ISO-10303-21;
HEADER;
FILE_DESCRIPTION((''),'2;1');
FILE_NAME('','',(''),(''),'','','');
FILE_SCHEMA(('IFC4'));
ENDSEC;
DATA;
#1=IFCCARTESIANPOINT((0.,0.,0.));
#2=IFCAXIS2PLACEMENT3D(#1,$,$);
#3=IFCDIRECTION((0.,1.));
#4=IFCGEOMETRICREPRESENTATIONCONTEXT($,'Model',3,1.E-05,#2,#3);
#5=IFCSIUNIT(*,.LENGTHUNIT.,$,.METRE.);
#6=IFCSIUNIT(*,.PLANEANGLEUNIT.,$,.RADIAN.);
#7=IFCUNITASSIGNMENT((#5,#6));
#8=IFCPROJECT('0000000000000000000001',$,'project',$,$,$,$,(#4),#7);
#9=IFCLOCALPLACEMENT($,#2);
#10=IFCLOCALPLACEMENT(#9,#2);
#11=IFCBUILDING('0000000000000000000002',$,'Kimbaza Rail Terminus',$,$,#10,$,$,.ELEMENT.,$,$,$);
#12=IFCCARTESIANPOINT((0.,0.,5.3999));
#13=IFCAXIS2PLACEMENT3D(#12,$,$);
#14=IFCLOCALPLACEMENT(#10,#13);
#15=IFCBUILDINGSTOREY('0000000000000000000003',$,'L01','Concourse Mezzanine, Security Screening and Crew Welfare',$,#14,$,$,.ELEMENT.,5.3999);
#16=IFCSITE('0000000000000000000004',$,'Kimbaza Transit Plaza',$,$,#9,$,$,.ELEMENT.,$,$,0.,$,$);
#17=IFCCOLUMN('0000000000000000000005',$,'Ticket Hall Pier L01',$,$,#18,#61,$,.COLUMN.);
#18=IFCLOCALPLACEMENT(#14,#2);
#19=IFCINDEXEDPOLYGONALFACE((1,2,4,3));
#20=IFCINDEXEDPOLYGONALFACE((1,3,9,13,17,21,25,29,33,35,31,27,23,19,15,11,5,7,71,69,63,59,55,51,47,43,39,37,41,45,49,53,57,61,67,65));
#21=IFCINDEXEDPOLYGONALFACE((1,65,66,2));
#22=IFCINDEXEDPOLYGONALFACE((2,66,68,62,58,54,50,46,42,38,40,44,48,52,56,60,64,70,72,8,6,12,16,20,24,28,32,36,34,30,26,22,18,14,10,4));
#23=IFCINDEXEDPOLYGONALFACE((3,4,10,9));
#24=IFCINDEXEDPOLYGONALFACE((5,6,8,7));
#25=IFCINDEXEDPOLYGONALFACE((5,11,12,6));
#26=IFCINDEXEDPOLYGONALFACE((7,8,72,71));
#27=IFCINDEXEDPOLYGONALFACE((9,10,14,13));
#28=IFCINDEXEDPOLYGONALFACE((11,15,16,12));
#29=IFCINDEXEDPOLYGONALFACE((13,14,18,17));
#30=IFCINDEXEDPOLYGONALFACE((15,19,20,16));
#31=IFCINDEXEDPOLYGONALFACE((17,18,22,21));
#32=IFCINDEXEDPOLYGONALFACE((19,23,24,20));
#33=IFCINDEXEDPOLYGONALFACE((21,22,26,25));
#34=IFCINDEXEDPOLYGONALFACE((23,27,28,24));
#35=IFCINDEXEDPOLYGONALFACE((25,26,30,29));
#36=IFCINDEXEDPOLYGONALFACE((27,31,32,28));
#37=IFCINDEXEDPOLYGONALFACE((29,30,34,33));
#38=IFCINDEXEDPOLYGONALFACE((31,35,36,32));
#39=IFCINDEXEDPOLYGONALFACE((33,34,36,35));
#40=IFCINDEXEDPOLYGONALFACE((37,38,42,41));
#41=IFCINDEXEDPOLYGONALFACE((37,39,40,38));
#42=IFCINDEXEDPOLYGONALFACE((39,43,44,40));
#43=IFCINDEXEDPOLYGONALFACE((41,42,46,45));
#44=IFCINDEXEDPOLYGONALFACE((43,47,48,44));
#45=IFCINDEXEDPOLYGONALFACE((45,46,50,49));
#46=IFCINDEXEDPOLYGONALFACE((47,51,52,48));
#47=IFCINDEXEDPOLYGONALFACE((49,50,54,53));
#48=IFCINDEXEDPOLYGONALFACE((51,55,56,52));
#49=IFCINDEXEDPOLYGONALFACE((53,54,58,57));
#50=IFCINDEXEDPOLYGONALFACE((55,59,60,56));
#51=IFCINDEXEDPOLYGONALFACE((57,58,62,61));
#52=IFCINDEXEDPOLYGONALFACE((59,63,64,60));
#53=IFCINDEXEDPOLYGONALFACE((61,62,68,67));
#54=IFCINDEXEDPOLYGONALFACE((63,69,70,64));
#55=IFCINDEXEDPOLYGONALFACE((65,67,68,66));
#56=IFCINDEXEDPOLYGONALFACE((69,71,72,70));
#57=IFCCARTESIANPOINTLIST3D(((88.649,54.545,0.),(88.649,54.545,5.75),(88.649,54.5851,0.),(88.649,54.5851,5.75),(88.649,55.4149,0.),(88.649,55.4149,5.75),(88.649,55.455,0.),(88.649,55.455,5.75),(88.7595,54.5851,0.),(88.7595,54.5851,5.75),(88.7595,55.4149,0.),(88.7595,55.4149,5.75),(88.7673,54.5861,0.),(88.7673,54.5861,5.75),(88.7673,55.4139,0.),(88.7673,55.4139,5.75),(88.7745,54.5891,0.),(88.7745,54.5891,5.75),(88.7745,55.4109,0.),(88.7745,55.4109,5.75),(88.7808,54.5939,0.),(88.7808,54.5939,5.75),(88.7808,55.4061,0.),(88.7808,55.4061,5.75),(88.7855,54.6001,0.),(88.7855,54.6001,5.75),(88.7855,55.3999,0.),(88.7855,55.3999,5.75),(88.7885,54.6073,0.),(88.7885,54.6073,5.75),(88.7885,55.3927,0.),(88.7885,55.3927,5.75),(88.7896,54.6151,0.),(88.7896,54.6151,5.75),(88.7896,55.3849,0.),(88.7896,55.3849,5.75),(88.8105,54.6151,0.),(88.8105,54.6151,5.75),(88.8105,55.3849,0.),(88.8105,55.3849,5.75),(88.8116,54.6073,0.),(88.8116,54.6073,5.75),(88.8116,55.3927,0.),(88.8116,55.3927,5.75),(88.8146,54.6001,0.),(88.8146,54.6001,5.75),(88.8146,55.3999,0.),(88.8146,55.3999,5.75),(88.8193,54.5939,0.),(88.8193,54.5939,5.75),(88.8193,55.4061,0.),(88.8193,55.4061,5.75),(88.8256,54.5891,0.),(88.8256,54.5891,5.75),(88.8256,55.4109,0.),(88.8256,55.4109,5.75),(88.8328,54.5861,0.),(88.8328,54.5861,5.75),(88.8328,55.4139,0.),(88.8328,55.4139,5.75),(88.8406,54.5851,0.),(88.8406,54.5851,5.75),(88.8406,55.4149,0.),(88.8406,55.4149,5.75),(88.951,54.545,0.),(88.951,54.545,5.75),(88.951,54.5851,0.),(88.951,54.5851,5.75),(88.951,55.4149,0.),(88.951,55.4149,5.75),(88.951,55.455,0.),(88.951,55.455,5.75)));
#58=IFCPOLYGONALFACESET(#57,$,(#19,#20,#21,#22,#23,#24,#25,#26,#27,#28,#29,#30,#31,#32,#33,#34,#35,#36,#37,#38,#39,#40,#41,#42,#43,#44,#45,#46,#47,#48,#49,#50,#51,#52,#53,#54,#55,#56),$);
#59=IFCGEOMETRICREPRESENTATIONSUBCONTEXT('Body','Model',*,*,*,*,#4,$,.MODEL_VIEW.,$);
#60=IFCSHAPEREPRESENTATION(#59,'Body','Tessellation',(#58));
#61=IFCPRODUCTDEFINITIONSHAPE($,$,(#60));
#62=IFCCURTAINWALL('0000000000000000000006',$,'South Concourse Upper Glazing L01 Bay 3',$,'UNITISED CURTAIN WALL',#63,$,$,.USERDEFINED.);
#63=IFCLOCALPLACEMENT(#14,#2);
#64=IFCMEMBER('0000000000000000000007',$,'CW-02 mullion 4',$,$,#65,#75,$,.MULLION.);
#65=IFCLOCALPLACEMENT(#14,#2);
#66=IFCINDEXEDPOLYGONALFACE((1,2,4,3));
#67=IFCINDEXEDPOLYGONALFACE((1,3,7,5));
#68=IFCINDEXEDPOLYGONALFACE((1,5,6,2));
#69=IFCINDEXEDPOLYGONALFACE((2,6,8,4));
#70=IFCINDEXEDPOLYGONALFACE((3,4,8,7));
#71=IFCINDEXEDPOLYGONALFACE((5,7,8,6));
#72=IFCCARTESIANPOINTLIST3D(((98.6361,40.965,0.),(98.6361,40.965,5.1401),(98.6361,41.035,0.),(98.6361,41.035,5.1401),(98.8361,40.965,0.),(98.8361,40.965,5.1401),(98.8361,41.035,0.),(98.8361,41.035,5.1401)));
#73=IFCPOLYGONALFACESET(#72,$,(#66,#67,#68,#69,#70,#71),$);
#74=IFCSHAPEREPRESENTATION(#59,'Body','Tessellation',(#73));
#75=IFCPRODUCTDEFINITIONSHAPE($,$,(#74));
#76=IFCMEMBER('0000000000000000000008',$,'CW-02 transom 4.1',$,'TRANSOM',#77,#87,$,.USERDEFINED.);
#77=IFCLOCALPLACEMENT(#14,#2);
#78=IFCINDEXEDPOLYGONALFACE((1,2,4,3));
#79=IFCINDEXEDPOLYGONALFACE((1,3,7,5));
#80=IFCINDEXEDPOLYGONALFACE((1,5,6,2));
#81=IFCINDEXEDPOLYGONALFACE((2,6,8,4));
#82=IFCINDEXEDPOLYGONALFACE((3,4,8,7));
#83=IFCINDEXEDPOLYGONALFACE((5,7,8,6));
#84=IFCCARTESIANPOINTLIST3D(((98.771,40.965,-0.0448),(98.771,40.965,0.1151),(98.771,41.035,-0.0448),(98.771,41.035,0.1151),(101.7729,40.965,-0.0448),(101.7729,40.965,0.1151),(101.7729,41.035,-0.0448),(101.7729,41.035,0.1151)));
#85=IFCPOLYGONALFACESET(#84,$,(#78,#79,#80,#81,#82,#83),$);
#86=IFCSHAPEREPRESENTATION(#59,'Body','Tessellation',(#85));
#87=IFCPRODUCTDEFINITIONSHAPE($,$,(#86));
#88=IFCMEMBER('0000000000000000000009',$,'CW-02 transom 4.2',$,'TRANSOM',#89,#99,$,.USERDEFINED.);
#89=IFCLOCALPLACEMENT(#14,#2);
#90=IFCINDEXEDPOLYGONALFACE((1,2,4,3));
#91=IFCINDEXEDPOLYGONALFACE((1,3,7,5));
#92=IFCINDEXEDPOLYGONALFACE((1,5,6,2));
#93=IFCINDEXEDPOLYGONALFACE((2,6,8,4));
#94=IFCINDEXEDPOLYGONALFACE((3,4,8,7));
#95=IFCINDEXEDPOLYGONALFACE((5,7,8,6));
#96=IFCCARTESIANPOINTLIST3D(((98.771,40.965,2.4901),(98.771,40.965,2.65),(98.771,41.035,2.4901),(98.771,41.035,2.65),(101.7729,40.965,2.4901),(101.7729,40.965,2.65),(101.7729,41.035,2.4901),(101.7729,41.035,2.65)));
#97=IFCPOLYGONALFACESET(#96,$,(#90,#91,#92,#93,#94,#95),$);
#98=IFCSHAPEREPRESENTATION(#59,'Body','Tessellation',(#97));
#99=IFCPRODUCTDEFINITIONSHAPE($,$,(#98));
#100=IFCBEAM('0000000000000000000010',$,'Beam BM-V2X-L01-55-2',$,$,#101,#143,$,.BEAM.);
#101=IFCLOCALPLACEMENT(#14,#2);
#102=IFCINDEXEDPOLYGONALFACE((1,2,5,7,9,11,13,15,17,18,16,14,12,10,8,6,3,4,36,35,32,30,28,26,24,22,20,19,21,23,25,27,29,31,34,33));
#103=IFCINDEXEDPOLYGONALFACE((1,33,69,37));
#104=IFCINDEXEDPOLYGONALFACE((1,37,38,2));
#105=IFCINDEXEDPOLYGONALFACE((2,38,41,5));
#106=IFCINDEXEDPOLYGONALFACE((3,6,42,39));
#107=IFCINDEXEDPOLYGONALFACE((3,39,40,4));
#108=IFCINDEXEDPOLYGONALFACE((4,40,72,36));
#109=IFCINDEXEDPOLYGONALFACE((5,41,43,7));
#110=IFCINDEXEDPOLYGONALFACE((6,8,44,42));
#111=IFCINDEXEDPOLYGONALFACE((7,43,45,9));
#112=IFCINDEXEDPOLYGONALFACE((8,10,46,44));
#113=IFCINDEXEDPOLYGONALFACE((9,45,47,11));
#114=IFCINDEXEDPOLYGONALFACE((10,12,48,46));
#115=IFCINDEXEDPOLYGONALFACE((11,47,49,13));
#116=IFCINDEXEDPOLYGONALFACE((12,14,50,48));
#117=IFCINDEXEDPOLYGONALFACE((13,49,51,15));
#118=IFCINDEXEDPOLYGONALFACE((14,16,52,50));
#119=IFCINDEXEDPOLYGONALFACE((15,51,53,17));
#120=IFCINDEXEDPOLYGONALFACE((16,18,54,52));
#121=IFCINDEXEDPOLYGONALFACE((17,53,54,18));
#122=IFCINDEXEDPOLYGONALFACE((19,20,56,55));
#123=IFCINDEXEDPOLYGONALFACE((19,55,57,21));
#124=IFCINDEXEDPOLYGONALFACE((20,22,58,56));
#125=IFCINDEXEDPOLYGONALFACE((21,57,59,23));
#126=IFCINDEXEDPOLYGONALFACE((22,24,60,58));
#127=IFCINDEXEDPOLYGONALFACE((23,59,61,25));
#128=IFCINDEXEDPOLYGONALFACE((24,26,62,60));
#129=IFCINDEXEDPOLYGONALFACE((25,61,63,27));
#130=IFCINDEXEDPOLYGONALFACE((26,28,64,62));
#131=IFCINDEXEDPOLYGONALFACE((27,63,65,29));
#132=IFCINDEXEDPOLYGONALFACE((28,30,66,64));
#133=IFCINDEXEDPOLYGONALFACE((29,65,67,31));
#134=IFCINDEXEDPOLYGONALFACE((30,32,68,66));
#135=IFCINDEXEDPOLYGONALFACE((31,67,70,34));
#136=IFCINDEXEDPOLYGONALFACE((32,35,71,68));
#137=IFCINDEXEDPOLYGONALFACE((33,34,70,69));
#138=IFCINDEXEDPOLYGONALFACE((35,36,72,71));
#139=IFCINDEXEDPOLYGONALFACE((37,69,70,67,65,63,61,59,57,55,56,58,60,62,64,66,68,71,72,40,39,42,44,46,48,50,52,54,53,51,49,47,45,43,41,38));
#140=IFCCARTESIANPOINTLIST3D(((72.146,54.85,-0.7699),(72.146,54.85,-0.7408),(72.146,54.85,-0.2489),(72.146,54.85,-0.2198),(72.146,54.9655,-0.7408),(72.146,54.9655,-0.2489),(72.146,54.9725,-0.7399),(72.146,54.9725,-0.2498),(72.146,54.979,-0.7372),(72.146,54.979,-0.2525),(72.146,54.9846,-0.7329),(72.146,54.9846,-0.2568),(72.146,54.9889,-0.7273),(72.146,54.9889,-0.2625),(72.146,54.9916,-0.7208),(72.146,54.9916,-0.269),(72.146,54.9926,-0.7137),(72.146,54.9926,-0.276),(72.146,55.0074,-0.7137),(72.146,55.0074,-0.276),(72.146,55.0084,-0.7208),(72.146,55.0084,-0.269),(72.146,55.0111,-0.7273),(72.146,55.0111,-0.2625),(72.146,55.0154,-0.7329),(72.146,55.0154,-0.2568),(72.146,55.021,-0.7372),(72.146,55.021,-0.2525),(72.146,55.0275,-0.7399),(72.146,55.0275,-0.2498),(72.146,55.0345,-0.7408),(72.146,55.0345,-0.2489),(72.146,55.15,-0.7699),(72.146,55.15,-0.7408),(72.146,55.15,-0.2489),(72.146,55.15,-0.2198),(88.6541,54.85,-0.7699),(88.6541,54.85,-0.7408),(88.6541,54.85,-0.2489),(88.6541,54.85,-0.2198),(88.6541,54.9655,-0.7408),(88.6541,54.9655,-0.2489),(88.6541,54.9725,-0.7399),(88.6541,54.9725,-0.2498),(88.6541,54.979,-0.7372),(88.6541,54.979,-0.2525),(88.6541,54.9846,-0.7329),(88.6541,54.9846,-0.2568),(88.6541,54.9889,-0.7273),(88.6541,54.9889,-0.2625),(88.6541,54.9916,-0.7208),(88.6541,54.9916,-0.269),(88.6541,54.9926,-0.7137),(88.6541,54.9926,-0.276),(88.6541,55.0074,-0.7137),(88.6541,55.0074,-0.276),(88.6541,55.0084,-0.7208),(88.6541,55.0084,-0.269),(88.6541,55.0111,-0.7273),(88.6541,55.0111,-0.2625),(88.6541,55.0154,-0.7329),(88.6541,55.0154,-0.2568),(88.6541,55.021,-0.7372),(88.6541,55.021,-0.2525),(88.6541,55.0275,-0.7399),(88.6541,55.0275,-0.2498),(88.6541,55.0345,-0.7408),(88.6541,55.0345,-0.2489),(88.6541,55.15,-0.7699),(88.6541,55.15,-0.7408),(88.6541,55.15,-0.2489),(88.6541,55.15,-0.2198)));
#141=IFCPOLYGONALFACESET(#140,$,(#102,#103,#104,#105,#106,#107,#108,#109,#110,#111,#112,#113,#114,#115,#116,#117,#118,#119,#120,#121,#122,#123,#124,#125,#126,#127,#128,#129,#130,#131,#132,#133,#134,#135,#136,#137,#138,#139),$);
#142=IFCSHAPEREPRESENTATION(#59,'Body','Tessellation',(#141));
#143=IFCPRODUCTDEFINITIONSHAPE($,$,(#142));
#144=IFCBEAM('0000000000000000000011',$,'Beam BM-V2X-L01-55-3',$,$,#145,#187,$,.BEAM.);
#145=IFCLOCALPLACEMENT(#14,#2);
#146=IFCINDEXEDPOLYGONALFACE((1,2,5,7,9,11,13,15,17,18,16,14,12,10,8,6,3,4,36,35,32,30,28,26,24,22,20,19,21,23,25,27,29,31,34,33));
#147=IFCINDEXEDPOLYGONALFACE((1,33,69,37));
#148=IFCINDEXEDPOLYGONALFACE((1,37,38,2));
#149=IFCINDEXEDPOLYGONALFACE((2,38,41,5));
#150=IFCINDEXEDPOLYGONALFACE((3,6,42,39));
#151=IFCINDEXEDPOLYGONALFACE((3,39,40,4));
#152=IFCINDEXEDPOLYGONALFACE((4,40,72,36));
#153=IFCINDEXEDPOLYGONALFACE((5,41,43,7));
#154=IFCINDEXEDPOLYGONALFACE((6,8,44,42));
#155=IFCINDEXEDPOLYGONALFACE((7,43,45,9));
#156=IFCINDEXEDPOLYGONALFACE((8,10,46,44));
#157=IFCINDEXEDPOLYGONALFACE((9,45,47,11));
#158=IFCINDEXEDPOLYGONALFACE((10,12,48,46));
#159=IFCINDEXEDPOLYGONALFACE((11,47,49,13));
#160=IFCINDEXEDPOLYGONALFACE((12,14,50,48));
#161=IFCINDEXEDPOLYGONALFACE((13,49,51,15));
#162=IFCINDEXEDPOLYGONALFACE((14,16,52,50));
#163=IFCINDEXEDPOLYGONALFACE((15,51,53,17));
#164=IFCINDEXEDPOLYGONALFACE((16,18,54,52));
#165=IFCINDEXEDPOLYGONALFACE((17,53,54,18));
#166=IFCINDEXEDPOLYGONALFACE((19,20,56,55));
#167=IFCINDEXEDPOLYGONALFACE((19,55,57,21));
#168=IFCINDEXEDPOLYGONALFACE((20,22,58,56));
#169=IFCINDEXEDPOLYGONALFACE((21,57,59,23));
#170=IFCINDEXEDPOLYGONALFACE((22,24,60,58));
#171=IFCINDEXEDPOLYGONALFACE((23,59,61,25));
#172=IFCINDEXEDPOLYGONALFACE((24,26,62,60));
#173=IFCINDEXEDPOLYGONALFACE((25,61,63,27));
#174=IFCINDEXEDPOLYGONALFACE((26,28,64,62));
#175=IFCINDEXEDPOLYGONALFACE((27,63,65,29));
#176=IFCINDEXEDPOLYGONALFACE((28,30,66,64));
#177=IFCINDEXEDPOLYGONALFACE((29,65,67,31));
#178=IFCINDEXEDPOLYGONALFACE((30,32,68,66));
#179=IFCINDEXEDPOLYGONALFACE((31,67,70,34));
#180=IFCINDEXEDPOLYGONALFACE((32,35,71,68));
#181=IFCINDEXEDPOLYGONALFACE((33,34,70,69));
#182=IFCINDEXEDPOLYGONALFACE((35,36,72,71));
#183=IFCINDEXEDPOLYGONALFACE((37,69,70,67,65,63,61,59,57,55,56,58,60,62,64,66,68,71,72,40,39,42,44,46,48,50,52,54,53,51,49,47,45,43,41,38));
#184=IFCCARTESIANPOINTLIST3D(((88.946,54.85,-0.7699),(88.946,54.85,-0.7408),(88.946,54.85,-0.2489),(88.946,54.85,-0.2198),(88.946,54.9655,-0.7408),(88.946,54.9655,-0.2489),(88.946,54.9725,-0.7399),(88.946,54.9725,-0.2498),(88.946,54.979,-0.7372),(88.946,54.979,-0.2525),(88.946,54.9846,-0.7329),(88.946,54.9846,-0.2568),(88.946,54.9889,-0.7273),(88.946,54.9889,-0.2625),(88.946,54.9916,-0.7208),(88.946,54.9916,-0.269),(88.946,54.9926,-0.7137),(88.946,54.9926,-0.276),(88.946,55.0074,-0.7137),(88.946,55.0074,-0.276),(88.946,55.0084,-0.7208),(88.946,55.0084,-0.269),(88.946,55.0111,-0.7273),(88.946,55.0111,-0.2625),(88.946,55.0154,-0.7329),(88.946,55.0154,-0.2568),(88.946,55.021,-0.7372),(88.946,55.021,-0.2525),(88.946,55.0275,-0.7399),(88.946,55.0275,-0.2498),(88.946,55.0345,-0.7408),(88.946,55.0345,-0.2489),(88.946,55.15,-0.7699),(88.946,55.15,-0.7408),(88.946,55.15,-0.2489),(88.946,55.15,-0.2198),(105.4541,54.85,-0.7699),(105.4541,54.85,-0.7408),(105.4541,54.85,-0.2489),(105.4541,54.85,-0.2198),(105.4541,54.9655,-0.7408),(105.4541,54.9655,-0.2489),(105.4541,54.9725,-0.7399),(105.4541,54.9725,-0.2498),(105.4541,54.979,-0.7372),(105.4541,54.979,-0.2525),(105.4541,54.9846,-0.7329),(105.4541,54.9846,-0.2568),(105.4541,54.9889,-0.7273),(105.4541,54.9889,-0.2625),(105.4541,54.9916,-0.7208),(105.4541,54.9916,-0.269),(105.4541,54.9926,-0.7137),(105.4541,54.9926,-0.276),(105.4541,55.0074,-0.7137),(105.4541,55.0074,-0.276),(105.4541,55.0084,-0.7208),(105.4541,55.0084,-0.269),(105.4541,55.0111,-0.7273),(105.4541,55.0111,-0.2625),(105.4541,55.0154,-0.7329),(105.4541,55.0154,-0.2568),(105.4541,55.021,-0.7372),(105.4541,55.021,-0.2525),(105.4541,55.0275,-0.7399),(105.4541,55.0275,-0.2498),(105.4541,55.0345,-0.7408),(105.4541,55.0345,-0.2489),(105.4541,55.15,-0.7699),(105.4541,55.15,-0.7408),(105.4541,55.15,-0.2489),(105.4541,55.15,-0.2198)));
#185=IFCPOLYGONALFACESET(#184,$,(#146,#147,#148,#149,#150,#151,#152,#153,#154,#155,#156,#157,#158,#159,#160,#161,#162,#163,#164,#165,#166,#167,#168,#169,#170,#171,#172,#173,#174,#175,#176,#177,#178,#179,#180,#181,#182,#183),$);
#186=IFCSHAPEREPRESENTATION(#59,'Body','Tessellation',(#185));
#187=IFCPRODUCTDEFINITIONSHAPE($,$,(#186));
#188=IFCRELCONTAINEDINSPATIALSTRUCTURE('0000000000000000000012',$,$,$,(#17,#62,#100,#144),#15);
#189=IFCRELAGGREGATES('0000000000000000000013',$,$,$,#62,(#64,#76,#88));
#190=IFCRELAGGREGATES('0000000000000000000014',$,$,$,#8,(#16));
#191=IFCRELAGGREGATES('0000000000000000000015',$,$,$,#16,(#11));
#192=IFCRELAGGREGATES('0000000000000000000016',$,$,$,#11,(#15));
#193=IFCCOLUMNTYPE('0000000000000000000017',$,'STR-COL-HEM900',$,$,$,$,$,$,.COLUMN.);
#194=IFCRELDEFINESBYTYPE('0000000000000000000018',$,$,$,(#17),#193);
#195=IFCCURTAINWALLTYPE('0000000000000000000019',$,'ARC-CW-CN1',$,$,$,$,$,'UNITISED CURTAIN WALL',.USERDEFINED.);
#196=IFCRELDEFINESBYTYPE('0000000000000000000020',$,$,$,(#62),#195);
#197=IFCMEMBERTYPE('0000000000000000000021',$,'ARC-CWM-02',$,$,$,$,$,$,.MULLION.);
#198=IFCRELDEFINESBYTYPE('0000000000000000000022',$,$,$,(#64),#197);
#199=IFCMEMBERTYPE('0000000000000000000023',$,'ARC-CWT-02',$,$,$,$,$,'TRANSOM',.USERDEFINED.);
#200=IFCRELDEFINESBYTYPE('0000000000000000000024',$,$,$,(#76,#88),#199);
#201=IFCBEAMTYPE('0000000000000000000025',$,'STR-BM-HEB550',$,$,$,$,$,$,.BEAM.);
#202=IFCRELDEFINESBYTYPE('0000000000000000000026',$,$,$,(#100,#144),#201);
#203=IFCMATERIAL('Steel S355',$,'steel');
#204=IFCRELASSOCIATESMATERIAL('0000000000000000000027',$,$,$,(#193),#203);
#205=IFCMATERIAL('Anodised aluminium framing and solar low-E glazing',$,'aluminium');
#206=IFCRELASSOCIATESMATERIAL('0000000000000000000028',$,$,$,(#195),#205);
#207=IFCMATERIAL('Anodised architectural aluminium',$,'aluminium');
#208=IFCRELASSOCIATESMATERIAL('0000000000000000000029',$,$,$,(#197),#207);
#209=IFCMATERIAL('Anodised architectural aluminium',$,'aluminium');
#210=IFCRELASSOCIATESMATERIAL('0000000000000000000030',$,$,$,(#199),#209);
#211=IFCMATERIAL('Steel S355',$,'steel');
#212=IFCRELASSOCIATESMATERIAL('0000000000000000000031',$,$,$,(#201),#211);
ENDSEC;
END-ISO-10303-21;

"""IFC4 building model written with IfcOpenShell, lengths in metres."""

from ifc_helpers import new_model, si_unit, direction, frame, origin, origin_2d, place, context, subcontext, project, spatial, rectangle, i_section, extrude, material, material_profile, profile_set, type_object, element, aggregate, save


model = new_model("IFC4")

# Units and contexts
model_context = context("Model", 3, precision=1e-05, world=origin(), true_north=direction((0.0, 1.0)))
body_context = subcontext(model_context, "Body", "Model", "MODEL_VIEW")
ifc_project = project(units=[si_unit("LENGTHUNIT", "METRE"), si_unit("PLANEANGLEUNIT", "RADIAN")], contexts=[model_context])

# Site, building, storey
site_placement = place(None, origin())
site = spatial("IfcSite", under=ifc_project, at=site_placement, Name="Kimbaza Transit Plaza", CompositionType="ELEMENT", RefElevation=0.0)
building_placement = place(site_placement, origin())
building = spatial("IfcBuilding", under=site, at=building_placement, Name="Kimbaza Rail Terminus", CompositionType="ELEMENT")
storey_placement = place(building_placement, frame((0.0, 0.0, 5.3999)))
storey = spatial("IfcBuildingStorey", under=building, at=storey_placement, Name="L01", Description="Concourse Mezzanine, Security Screening and Crew Welfare", CompositionType="ELEMENT", Elevation=5.3999)

# Column
ifc_material_1 = material(Name="Steel S355", Category="steel")
ifc_material_profile_1 = material_profile(ifc_material_1, i_section(OverallWidth=0.302, OverallDepth=0.9099, WebThickness=0.021, FlangeThickness=0.04, FilletRadius=0.03, at=origin_2d()), Name="HEM 900")
ifc_profile_set_1 = profile_set([ifc_material_profile_1], Name="Steel S355")
column_type = type_object("IfcColumnType", Name="STR-COL-HEM900", PredefinedType="COLUMN", material=ifc_profile_set_1)
column_placement = place(storey_placement, frame((88.8, 55.0, 0.0), z_axis=(0.0, 0.0, 1.0), x_axis=(1.0, 0.0, 0.0)))
element("IfcColumn", 1, at=column_placement, inside=storey, type_object=column_type, Name="Ticket Hall Pier L01", PredefinedType="COLUMN", context=body_context, shape_type="SweptSolid", body=[
    extrude(i_section(OverallWidth=0.302, OverallDepth=0.9099, WebThickness=0.021, FlangeThickness=0.04, FilletRadius=0.03, at=origin_2d()), origin(), (0.0, 0.0, 1.0), 5.75),
])

# Curtain wall, members
ifc_material_2 = material(Name="Anodised aluminium framing and solar low-E glazing", Category="aluminium")
curtain_wall_type = type_object("IfcCurtainWallType", Name="ARC-CW-CN1", ElementType="UNITISED CURTAIN WALL", PredefinedType="USERDEFINED", material=ifc_material_2)
curtain_wall_placement = place(storey_placement, origin())
curtain_wall = element("IfcCurtainWall", 2, at=curtain_wall_placement, inside=storey, type_object=curtain_wall_type, Name="South Concourse Upper Glazing L01 Bay 3", ObjectType="UNITISED CURTAIN WALL", PredefinedType="USERDEFINED")
ifc_material_3 = material(Name="Anodised architectural aluminium", Category="aluminium")
ifc_material_profile_2 = material_profile(ifc_material_3, rectangle(XDim=0.0701, YDim=0.2, at=origin_2d()), Name="MULLION 70x200")
ifc_profile_set_2 = profile_set([ifc_material_profile_2], Name="Anodised architectural aluminium")
member_type_1 = type_object("IfcMemberType", Name="ARC-CWM-02", PredefinedType="MULLION", material=ifc_profile_set_2)
member_1_placement = place(storey_placement, frame((98.7361, 41.0, 0.0), z_axis=(0.0, 0.0, 1.0), x_axis=(0.0, 1.0, 0.0)))
member_1 = element("IfcMember", 3, at=member_1_placement, type_object=member_type_1, Name="CW-02 mullion 4", PredefinedType="MULLION", context=body_context, shape_type="SweptSolid", body=[
    extrude(rectangle(XDim=0.0701, YDim=0.2, at=origin_2d()), origin(), (0.0, 0.0, 1.0), 5.1401),
])
ifc_material_4 = material(Name="Anodised architectural aluminium", Category="aluminium")
ifc_material_profile_3 = material_profile(ifc_material_4, rectangle(XDim=0.0701, YDim=0.1599, at=origin_2d()), Name="TRANSOM 70x160")
ifc_profile_set_3 = profile_set([ifc_material_profile_3], Name="Anodised architectural aluminium")
member_type_2 = type_object("IfcMemberType", Name="ARC-CWT-02", ElementType="TRANSOM", PredefinedType="USERDEFINED", material=ifc_profile_set_3)
member_2_placement = place(storey_placement, frame((98.771, 41.0, 0.0352), z_axis=(1.0, 0.0, 0.0), x_axis=(0.0, 1.0, 0.0)))
member_2 = element("IfcMember", 4, at=member_2_placement, type_object=member_type_2, Name="CW-02 transom 4.1", ObjectType="TRANSOM", PredefinedType="USERDEFINED", context=body_context, shape_type="SweptSolid", body=[
    extrude(rectangle(XDim=0.0701, YDim=0.1599, at=origin_2d()), origin(), (0.0, 0.0, 1.0), 3.002),
])
member_3_placement = place(storey_placement, frame((98.771, 41.0, 2.5701), z_axis=(1.0, 0.0, 0.0), x_axis=(0.0, 1.0, 0.0)))
member_3 = element("IfcMember", 5, at=member_3_placement, type_object=member_type_2, Name="CW-02 transom 4.2", ObjectType="TRANSOM", PredefinedType="USERDEFINED", context=body_context, shape_type="SweptSolid", body=[
    extrude(rectangle(XDim=0.0701, YDim=0.1599, at=origin_2d()), origin(), (0.0, 0.0, 1.0), 3.002),
])
aggregate(curtain_wall, [member_1, member_2, member_3])

# Beams
ifc_material_5 = material(Name="Steel S355", Category="steel")
ifc_material_profile_4 = material_profile(ifc_material_5, i_section(OverallWidth=0.3, OverallDepth=0.55, WebThickness=0.0149, FlangeThickness=0.0291, FilletRadius=0.0271, at=origin_2d()), Name="HEB 550")
ifc_profile_set_4 = profile_set([ifc_material_profile_4], Name="Steel S355")
beam_type_1 = type_object("IfcBeamType", Name="STR-BM-HEB550", PredefinedType="BEAM", material=ifc_profile_set_4)
for number, where, z_axis, x_axis, name in (
    (6, (72.146, 55.0, -0.4949), (1.0, 0.0, 0.0), (0.0, 1.0, 0.0), "Beam BM-V2X-L01-55-2"),
    (7, (88.946, 55.0, -0.4949), (1.0, 0.0, 0.0), (0.0, 1.0, 0.0), "Beam BM-V2X-L01-55-3"),
):
    element("IfcBeam", number, at=place(storey_placement, frame(where, z_axis=z_axis, x_axis=x_axis)), inside=storey, type_object=beam_type_1, Name=name, PredefinedType="BEAM", context=body_context, shape_type="SweptSolid", body=[
        extrude(i_section(OverallWidth=0.3, OverallDepth=0.55, WebThickness=0.0149, FlangeThickness=0.0291, FilletRadius=0.0271, at=origin_2d()), origin(), (0.0, 0.0, 1.0), 16.5081),
    ])

save(model, "model.ifc")
